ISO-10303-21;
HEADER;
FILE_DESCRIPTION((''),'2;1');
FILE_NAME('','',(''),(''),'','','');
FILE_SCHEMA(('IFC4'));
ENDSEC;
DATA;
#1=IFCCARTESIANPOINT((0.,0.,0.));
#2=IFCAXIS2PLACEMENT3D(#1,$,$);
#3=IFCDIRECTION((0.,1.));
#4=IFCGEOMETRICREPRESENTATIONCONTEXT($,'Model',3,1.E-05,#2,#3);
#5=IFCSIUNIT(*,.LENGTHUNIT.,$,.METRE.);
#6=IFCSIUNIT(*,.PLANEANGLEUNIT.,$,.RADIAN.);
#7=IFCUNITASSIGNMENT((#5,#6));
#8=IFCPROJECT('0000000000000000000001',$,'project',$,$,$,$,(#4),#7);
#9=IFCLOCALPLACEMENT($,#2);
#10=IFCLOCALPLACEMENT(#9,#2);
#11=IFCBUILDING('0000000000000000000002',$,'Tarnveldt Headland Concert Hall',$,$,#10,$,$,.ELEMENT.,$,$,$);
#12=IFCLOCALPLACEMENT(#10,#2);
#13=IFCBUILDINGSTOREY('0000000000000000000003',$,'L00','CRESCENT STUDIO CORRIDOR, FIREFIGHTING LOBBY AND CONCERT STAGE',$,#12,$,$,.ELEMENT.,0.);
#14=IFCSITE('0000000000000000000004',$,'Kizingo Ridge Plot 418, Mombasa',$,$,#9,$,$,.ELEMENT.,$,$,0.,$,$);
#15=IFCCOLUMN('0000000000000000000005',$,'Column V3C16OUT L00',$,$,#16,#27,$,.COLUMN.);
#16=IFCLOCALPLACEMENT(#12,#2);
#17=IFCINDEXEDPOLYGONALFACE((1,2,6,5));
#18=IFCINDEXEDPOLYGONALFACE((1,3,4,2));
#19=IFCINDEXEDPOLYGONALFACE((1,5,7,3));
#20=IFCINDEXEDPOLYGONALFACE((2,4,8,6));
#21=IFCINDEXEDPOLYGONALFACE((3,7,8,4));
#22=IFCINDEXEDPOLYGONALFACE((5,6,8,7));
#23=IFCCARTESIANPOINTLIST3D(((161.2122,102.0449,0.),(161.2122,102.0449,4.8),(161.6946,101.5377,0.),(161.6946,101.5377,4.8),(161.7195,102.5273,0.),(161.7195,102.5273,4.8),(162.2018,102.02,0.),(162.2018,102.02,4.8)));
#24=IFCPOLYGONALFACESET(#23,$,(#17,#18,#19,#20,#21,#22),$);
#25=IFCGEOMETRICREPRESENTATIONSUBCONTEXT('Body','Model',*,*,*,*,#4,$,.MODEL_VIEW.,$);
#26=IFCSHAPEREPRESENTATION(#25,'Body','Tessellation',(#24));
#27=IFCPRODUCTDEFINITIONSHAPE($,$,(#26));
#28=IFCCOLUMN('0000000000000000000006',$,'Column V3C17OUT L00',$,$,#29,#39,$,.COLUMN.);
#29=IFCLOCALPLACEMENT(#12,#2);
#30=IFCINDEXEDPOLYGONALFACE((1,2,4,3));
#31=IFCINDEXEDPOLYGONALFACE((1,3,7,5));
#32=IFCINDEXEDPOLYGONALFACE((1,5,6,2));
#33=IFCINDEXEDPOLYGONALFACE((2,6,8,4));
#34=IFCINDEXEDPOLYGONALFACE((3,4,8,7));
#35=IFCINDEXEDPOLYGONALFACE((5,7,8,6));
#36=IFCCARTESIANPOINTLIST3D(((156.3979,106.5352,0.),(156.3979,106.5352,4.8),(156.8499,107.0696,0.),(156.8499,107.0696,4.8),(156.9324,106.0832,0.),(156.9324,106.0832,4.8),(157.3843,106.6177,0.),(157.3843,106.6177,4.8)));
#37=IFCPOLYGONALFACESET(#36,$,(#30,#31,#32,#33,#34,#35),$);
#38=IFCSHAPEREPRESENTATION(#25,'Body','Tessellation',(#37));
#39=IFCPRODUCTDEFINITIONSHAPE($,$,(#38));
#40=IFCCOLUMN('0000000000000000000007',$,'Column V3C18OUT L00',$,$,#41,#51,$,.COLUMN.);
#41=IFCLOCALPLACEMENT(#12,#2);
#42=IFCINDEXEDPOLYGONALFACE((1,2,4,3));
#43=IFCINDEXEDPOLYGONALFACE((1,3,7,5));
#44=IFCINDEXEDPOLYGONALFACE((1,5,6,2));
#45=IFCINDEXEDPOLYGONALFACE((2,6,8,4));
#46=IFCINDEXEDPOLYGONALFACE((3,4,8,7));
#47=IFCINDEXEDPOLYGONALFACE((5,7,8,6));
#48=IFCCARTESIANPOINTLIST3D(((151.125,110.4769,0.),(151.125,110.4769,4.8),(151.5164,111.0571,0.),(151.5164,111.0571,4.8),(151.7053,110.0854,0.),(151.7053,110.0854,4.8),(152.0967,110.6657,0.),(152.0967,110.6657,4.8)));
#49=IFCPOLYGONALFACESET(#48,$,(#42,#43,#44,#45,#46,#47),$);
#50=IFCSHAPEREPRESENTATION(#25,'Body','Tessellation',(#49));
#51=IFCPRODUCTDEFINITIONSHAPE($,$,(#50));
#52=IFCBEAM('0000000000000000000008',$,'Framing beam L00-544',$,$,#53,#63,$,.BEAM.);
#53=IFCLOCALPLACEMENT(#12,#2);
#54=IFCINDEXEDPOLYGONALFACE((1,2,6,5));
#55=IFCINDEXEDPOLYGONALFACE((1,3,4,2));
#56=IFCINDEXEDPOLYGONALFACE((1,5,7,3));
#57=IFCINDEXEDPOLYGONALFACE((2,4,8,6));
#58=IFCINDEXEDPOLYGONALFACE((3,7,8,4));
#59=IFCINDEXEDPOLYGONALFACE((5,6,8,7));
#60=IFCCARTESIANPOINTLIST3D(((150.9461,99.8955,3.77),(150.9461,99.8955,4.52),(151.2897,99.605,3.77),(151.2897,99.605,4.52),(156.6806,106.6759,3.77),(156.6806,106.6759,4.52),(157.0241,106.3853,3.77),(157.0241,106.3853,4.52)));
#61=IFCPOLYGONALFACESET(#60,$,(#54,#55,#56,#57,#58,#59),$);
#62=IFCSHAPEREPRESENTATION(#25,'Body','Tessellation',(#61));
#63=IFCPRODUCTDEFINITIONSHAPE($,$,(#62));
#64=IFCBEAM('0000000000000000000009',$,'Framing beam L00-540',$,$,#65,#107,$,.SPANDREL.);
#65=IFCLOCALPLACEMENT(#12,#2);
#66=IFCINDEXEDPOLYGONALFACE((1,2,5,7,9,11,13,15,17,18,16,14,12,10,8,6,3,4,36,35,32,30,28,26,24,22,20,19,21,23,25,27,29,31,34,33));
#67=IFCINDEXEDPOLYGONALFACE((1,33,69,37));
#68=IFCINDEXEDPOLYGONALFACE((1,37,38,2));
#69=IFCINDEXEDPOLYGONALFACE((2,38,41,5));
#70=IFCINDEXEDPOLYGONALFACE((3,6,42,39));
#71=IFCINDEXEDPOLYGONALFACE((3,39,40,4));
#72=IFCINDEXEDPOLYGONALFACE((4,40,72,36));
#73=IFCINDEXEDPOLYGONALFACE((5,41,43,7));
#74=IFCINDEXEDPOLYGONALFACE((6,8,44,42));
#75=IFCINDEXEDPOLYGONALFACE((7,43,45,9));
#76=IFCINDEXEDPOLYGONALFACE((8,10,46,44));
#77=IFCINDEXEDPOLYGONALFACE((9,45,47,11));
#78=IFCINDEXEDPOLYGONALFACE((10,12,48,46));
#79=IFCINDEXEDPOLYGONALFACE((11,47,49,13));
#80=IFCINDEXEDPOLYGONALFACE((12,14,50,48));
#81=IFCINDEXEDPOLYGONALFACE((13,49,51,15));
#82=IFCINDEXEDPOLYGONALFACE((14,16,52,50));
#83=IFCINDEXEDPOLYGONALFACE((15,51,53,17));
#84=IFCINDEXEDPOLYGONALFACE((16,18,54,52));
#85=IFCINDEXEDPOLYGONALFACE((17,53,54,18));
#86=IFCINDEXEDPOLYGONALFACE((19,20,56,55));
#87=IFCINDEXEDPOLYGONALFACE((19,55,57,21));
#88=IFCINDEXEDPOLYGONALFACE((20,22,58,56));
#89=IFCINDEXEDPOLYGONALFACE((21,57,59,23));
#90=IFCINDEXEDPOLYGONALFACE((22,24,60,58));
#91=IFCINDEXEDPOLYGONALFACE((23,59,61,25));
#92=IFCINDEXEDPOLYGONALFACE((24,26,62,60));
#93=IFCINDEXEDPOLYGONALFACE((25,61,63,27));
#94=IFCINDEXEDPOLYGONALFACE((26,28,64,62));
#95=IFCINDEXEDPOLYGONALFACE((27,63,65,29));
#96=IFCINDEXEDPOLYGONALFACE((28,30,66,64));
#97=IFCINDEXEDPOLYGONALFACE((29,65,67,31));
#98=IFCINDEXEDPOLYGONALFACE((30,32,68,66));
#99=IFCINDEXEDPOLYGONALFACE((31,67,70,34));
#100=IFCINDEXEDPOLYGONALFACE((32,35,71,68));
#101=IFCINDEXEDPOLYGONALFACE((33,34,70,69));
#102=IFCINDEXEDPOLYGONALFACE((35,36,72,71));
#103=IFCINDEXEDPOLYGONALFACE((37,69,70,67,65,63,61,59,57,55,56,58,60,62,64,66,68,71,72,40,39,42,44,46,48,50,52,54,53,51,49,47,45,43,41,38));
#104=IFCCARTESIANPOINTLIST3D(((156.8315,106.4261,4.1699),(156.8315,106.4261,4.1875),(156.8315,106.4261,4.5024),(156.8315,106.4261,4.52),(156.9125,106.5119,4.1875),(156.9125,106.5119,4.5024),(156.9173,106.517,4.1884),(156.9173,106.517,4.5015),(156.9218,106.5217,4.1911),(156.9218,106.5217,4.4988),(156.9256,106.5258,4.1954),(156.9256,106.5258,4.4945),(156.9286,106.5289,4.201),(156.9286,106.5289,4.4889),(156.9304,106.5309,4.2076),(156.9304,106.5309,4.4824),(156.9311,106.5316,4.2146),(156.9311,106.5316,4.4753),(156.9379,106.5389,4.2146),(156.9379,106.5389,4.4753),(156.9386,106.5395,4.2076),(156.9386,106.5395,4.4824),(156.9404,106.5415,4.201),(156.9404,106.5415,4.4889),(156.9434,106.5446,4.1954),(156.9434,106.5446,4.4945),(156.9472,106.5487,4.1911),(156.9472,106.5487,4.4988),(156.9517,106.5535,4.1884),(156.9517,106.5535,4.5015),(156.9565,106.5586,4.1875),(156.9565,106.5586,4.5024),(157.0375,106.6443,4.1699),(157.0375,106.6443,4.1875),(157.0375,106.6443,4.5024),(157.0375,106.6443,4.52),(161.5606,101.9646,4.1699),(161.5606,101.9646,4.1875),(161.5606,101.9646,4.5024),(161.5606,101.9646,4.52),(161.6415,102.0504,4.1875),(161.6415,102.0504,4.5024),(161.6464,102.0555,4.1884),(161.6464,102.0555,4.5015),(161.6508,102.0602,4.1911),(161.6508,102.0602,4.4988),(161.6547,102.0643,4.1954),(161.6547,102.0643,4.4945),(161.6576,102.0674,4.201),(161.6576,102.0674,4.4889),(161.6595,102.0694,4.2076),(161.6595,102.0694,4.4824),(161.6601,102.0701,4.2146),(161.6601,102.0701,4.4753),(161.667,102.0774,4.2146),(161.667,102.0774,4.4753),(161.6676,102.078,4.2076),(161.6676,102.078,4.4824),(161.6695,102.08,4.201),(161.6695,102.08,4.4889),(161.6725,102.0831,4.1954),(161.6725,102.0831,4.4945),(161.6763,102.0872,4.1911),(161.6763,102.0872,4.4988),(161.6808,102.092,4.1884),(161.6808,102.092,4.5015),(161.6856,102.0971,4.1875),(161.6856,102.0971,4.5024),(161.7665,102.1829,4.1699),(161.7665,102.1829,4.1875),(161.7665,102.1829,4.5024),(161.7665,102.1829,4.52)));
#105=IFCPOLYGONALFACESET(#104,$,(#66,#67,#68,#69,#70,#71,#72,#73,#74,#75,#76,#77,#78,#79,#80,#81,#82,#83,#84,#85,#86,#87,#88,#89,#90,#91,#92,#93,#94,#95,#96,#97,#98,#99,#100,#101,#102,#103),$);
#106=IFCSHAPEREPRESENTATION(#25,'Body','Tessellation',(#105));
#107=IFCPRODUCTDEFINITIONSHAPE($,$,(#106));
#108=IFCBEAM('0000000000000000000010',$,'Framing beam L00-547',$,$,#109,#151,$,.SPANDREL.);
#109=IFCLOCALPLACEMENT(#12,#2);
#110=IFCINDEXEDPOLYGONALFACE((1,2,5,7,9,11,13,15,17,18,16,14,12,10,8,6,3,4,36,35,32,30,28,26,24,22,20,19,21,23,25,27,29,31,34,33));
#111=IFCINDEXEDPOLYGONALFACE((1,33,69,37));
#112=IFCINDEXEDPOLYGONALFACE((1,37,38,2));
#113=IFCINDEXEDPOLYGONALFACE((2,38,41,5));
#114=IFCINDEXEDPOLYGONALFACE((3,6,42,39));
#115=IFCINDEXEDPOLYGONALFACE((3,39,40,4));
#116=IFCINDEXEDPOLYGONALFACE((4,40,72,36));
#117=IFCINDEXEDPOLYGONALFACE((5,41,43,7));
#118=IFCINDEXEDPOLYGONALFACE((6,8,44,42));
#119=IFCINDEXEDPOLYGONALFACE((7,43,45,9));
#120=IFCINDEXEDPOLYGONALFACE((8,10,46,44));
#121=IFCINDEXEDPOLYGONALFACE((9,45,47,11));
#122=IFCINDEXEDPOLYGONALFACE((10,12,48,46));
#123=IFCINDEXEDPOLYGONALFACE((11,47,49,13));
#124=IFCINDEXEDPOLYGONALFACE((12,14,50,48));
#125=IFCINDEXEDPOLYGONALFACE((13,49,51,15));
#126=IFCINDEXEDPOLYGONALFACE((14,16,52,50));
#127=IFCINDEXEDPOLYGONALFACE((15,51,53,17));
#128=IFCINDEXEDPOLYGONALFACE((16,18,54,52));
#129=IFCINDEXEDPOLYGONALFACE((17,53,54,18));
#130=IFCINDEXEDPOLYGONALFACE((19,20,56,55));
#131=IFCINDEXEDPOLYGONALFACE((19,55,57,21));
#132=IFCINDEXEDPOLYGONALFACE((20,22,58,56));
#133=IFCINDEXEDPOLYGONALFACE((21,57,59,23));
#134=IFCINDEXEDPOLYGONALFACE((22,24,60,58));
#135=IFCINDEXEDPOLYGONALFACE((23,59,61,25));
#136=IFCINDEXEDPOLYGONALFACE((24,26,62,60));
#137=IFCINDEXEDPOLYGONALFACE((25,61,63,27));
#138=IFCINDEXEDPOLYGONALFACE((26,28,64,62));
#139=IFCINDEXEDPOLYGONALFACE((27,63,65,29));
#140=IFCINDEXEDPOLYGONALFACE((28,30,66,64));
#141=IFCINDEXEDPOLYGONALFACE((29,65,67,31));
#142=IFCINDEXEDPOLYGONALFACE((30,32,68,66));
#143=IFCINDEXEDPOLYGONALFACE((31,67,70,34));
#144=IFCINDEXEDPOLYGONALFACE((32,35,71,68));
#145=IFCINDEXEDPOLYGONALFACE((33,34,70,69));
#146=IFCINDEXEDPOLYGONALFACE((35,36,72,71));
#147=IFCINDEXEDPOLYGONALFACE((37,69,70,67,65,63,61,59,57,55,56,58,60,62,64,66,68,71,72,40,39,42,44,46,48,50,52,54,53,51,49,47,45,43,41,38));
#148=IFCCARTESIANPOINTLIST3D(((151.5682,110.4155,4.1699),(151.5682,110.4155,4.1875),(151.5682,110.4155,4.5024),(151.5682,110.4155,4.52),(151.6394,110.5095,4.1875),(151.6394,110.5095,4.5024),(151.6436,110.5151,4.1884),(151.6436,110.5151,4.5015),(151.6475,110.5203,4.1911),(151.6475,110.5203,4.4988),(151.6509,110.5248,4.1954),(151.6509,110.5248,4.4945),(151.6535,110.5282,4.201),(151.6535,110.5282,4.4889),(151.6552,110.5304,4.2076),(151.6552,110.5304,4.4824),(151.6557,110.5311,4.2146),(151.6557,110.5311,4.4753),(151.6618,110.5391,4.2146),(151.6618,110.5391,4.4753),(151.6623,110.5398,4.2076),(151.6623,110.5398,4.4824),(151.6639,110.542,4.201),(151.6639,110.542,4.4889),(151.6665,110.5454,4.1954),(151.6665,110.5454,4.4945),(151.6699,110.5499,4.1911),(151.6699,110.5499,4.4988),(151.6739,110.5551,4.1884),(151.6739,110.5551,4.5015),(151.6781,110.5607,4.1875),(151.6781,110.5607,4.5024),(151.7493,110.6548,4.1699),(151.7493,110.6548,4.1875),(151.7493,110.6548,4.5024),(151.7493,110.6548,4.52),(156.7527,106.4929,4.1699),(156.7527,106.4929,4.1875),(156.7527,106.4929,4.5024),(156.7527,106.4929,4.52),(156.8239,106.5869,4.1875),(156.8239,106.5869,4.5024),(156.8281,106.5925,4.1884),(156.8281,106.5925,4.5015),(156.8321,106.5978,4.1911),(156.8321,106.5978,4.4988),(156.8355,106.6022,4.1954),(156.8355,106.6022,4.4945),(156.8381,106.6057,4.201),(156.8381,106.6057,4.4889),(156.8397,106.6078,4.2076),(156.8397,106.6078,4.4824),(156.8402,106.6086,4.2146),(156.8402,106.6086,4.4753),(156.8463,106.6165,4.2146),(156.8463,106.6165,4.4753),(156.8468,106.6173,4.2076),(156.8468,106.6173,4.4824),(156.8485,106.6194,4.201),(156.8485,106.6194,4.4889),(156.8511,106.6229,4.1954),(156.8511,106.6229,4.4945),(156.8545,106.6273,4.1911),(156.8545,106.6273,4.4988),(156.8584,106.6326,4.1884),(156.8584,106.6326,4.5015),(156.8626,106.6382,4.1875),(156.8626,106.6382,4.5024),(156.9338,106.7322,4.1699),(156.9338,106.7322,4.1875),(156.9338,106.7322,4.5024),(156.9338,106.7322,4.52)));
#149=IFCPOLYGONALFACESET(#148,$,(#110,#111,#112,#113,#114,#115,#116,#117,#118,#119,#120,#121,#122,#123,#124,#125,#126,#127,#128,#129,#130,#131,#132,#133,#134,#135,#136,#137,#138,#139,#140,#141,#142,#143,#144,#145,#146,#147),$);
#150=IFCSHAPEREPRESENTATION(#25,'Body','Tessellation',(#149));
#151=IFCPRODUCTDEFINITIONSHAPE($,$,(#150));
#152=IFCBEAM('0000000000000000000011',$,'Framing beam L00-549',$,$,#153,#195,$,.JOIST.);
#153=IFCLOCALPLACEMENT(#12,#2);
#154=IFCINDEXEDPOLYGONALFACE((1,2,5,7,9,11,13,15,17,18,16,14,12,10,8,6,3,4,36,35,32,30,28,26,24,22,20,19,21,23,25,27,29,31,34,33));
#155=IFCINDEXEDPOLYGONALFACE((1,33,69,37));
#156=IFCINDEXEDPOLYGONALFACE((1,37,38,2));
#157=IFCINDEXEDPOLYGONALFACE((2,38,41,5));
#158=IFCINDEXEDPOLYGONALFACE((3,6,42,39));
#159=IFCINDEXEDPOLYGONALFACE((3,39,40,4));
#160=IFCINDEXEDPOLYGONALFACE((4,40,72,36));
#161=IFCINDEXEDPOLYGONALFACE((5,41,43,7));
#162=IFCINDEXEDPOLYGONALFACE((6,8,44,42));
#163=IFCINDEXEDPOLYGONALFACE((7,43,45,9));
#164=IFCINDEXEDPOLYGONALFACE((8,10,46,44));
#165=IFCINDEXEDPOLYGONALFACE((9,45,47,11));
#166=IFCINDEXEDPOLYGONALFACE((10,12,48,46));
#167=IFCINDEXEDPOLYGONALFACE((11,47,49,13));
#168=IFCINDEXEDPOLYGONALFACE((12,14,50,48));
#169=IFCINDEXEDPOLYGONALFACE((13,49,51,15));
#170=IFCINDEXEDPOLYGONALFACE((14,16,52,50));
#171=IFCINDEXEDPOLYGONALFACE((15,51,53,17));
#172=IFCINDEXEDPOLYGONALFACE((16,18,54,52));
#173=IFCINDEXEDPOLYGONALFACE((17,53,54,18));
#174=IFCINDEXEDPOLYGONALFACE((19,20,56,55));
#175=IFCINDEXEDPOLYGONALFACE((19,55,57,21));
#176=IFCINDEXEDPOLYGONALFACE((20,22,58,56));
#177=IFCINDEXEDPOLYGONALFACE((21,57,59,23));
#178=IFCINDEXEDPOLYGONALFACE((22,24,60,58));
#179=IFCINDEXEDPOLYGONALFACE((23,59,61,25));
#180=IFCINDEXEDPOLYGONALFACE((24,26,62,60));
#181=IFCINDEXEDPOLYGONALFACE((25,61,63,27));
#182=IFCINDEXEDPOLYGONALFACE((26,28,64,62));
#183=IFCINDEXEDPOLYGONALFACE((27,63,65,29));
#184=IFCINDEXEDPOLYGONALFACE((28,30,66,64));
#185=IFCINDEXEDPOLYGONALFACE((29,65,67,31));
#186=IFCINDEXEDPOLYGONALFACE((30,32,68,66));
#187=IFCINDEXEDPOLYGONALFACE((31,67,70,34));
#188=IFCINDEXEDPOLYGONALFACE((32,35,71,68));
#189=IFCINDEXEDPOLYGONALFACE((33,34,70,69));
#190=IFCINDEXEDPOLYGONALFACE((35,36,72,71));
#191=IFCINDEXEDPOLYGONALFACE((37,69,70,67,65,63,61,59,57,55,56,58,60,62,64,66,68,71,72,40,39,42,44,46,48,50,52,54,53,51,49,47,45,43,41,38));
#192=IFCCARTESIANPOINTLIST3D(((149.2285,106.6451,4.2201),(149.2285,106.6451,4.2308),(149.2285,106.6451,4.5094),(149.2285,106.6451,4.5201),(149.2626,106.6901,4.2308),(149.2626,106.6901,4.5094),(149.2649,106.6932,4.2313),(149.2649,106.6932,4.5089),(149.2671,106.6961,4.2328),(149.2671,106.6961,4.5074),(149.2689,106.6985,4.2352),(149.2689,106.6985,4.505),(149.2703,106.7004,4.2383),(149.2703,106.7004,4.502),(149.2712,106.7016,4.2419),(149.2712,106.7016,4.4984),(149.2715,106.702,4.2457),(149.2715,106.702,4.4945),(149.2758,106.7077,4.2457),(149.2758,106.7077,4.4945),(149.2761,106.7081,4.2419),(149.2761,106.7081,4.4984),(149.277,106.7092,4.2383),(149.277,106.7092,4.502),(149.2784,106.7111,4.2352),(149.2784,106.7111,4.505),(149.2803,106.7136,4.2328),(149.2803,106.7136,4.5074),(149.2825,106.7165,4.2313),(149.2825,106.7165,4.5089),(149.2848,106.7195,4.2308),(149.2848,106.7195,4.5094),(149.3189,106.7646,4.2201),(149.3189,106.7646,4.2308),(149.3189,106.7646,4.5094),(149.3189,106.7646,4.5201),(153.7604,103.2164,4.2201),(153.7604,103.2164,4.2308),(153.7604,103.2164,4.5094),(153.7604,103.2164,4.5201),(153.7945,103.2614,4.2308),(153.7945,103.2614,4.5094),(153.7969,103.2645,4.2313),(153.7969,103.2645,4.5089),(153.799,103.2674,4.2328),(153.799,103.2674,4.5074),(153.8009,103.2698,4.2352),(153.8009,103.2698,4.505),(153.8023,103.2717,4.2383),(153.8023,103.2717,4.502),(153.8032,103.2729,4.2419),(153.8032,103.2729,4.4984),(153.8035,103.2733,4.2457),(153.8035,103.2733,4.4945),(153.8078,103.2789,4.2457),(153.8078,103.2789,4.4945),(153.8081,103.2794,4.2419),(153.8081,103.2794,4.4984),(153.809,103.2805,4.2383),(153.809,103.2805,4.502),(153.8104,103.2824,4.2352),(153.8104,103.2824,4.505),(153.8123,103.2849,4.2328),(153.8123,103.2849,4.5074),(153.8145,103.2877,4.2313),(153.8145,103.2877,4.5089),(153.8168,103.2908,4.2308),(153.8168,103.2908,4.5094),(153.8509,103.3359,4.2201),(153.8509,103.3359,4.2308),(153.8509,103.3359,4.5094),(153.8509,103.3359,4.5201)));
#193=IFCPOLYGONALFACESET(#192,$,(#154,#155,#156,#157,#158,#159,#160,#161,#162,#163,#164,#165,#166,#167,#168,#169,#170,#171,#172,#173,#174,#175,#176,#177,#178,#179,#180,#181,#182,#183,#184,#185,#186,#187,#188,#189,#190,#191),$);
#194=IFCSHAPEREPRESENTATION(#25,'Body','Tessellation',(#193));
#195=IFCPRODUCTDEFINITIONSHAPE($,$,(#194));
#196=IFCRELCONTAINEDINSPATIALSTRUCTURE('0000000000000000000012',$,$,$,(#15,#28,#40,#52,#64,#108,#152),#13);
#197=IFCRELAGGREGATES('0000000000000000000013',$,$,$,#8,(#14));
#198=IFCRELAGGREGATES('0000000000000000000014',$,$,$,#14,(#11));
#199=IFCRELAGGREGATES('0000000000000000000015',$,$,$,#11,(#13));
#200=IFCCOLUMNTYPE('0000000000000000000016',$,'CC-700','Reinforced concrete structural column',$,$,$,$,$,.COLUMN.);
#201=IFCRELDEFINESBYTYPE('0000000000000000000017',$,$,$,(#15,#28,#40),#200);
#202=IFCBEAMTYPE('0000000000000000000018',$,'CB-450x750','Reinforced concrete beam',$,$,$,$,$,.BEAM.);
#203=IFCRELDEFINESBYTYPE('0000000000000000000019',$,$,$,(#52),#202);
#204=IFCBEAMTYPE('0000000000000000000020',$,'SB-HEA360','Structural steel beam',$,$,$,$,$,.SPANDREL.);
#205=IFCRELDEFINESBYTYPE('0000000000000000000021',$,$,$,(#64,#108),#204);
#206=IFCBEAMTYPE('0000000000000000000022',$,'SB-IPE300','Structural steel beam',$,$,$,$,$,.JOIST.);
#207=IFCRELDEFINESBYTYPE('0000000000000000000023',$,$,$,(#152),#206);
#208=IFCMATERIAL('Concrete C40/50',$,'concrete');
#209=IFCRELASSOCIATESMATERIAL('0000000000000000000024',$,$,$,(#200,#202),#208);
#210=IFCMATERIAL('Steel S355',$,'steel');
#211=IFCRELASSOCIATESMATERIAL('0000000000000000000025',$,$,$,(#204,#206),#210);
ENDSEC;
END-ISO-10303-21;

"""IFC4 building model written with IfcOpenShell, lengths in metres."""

from ifc_helpers import new_model, si_unit, direction, frame, origin, origin_2d, place, context, subcontext, project, spatial, rectangle, i_section, extrude, material, material_profile, profile_set, type_object, element, save


model = new_model("IFC4")

# Units and contexts
model_context = context("Model", 3, precision=1e-05, world=origin(), true_north=direction((0.0, 1.0)))
body_context = subcontext(model_context, "Body", "Model", "MODEL_VIEW")
ifc_project = project(units=[si_unit("LENGTHUNIT", "METRE"), si_unit("PLANEANGLEUNIT", "RADIAN")], contexts=[model_context])

# Site, building, storey
site_placement = place(None, origin())
site = spatial("IfcSite", under=ifc_project, at=site_placement, Name="Kizingo Ridge Plot 418, Mombasa", CompositionType="ELEMENT", RefElevation=0.0)
building_placement = place(site_placement, origin())
building = spatial("IfcBuilding", under=site, at=building_placement, Name="Tarnveldt Headland Concert Hall", CompositionType="ELEMENT")
storey_placement = place(building_placement, origin())
storey = spatial("IfcBuildingStorey", under=building, at=storey_placement, Name="L00", Description="CRESCENT STUDIO CORRIDOR, FIREFIGHTING LOBBY AND CONCERT STAGE", CompositionType="ELEMENT", Elevation=0.0)

# Columns
ifc_material_1 = material(Name="Concrete C40/50", Category="concrete")
ifc_material_profile_1 = material_profile(ifc_material_1, rectangle(XDim=0.7, YDim=0.7, at=origin_2d()), Name="RC 700x700", Category="concrete")
ifc_profile_set_1 = profile_set([ifc_material_profile_1], Name="Concrete C40/50")
column_type = type_object("IfcColumnType", Name="CC-700", Description="Reinforced concrete structural column", PredefinedType="COLUMN", material=ifc_profile_set_1)
for number, where, z_axis, x_axis, name in (
    (1, (161.707, 102.0325, 0.0), (0.0, 0.0, 1.0), (0.724653, 0.689114, 0.0), "Column V3C16OUT L00"),
    (2, (156.8911, 106.5764, 0.0), (0.0, 0.0, 1.0), (0.645724, 0.763571, 0.0), "Column V3C17OUT L00"),
    (3, (151.6108, 110.5713, 0.0), (0.0, 0.0, 1.0), (0.559193, 0.829038, 0.0), "Column V3C18OUT L00"),
):
    element("IfcColumn", number, at=place(storey_placement, frame(where, z_axis=z_axis, x_axis=x_axis)), inside=storey, type_object=column_type, Name=name, PredefinedType="COLUMN", context=body_context, shape_type="SweptSolid", body=[
        extrude(rectangle(XDim=0.7, YDim=0.7, at=origin_2d()), origin(), (0.0, 0.0, 1.0), 4.8),
    ])

# Beams
ifc_material_profile_2 = material_profile(ifc_material_1, rectangle(XDim=0.45, YDim=0.75, at=origin_2d()), Name="RC 450x750", Category="concrete")
ifc_profile_set_2 = profile_set([ifc_material_profile_2], Name="Concrete C40/50")
beam_type_1 = type_object("IfcBeamType", Name="CB-450x750", Description="Reinforced concrete beam", PredefinedType="BEAM", material=ifc_profile_set_2)
beam_1_placement = place(storey_placement, frame((151.1179, 99.7502, 4.145), z_axis=(0.64576, 0.763541, 0.0), x_axis=(-0.763541, 0.64576, 0.0)))
element("IfcBeam", 4, at=beam_1_placement, inside=storey, type_object=beam_type_1, Name="Framing beam L00-544", PredefinedType="BEAM", context=body_context, shape_type="SweptSolid", body=[
    extrude(rectangle(XDim=0.45, YDim=0.75, at=origin_2d()), origin(), (0.0, 0.0, 1.0), 8.8801),
])
ifc_material_2 = material(Name="Steel S355", Category="steel")
ifc_material_profile_3 = material_profile(ifc_material_2, i_section(OverallWidth=0.3, OverallDepth=0.3501, WebThickness=0.01, FlangeThickness=0.0176, FilletRadius=0.0271, at=origin_2d()), Name="HEA360", Category="steel")
ifc_profile_set_3 = profile_set([ifc_material_profile_3], Name="Steel S355")
beam_type_2 = type_object("IfcBeamType", Name="SB-HEA360", Description="Structural steel beam", PredefinedType="SPANDREL", material=ifc_profile_set_3)
beam_2_placement = place(storey_placement, frame((161.6636, 102.0737, 4.345), z_axis=(-0.727386, 0.686229, 0.0), x_axis=(-0.686229, -0.727386, 0.0)))
element("IfcBeam", 5, at=beam_2_placement, inside=storey, type_object=beam_type_2, Name="Framing beam L00-540", PredefinedType="SPANDREL", context=body_context, shape_type="SweptSolid", body=[
    extrude(i_section(OverallWidth=0.3, OverallDepth=0.3501, WebThickness=0.01, FlangeThickness=0.0176, FilletRadius=0.0271, at=origin_2d()), origin(), (0.0, 0.0, 1.0), 6.5015),
])
beam_3_placement = place(storey_placement, frame((156.8433, 106.6125, 4.345), z_axis=(-0.797469, 0.603359, 0.0), x_axis=(-0.603359, -0.797469, 0.0)))
element("IfcBeam", 6, at=beam_3_placement, inside=storey, type_object=beam_type_2, Name="Framing beam L00-547", PredefinedType="SPANDREL", context=body_context, shape_type="SweptSolid", body=[
    extrude(i_section(OverallWidth=0.3, OverallDepth=0.3501, WebThickness=0.01, FlangeThickness=0.0176, FilletRadius=0.0271, at=origin_2d()), origin(), (0.0, 0.0, 1.0), 6.5012),
])
ifc_material_profile_4 = material_profile(ifc_material_2, i_section(OverallWidth=0.1499, OverallDepth=0.3, WebThickness=0.0071, FlangeThickness=0.0107, FilletRadius=0.0149, at=origin_2d()), Name="IPE300", Category="steel")
ifc_profile_set_4 = profile_set([ifc_material_profile_4], Name="Steel S355")
beam_type_3 = type_object("IfcBeamType", Name="SB-IPE300", Description="Structural steel beam", PredefinedType="JOIST", material=ifc_profile_set_4)
beam_4_placement = place(storey_placement, frame((153.8057, 103.2761, 4.3701), z_axis=(-0.797482, 0.603342, 0.0), x_axis=(-0.603342, -0.797482, 0.0)))
element("IfcBeam", 7, at=beam_4_placement, inside=storey, type_object=beam_type_3, Name="Framing beam L00-549", PredefinedType="JOIST", context=body_context, shape_type="SweptSolid", body=[
    extrude(i_section(OverallWidth=0.1499, OverallDepth=0.3, WebThickness=0.0071, FlangeThickness=0.0107, FilletRadius=0.0149, at=origin_2d()), origin(), (0.0, 0.0, 1.0), 5.6829),
])

save(model, "model.ifc")
